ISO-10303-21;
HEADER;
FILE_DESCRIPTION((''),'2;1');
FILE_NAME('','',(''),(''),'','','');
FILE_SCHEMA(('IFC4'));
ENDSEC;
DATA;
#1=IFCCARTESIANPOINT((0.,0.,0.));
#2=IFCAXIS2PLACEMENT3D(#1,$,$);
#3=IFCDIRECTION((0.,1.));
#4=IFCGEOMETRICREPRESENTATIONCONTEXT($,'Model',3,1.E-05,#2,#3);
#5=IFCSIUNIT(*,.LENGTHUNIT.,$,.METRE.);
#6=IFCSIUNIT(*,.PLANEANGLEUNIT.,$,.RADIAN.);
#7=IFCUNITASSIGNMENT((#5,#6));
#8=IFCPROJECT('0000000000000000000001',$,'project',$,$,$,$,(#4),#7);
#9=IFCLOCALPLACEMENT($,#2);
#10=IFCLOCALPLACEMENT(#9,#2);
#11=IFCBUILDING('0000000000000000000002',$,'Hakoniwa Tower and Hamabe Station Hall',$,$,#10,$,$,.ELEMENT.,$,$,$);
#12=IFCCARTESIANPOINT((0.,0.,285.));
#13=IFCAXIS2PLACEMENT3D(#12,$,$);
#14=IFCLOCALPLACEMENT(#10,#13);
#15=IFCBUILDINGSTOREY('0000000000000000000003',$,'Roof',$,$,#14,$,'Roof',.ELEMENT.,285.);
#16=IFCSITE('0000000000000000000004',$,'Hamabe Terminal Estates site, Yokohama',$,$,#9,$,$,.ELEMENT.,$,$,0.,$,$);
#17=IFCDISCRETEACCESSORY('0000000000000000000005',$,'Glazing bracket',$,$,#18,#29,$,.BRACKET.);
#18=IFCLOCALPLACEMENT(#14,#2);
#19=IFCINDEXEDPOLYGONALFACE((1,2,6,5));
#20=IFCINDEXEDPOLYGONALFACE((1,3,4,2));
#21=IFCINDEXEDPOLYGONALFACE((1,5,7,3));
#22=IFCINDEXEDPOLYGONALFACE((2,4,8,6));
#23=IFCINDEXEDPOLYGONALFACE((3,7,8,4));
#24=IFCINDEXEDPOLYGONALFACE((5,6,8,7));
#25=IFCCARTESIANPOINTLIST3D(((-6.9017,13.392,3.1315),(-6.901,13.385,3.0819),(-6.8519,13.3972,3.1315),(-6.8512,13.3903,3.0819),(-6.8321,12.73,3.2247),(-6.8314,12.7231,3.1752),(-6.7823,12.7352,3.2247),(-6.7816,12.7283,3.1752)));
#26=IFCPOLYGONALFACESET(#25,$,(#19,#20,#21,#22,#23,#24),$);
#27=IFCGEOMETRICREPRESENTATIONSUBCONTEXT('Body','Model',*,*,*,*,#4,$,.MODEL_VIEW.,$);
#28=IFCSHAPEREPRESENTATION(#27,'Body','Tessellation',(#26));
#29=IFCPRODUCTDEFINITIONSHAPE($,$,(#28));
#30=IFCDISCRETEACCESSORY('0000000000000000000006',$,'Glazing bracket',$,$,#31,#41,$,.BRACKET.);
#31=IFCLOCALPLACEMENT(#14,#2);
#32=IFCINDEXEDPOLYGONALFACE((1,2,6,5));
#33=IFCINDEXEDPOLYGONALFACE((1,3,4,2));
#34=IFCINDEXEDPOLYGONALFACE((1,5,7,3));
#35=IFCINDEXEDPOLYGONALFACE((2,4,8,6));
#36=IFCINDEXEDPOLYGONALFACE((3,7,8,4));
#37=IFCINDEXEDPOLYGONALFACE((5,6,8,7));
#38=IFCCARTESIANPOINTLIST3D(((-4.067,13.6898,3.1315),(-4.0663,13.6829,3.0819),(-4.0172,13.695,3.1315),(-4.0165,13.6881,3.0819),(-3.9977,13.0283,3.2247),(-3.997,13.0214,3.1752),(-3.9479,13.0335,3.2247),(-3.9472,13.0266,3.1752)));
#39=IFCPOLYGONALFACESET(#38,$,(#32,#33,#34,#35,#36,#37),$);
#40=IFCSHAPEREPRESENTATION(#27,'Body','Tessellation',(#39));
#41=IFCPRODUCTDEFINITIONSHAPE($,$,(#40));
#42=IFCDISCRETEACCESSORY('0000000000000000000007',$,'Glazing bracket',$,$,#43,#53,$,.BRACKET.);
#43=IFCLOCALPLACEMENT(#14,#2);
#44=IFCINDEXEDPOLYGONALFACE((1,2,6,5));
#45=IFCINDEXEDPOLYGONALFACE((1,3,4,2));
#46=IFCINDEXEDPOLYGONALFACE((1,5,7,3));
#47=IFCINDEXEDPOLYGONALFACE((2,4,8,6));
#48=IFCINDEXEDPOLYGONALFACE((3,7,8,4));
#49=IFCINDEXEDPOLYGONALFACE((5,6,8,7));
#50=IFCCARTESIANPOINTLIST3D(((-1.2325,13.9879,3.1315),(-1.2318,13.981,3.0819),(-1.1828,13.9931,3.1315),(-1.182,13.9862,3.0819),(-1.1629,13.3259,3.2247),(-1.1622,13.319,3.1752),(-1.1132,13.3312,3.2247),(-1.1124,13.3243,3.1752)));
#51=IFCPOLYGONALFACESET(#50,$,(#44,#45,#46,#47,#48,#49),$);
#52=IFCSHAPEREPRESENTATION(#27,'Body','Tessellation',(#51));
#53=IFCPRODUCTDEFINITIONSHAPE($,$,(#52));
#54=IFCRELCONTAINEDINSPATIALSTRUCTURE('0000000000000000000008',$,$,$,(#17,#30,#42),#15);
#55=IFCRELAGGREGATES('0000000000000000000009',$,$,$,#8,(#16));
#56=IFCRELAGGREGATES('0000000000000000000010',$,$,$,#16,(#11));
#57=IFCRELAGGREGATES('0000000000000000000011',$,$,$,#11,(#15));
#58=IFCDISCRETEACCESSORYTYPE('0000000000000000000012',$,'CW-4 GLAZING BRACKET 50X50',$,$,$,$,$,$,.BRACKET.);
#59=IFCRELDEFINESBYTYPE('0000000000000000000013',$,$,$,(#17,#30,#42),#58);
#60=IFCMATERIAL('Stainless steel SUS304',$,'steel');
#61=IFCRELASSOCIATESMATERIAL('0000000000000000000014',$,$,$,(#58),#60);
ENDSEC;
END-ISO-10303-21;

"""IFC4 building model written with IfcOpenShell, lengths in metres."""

from ifc_helpers import new_model, si_unit, direction, frame, origin, origin_2d, place, context, subcontext, project, spatial, rectangle, extrude, material, material_profile, profile_set, type_object, element, save


model = new_model("IFC4")

# Units and contexts
model_context = context("Model", 3, precision=1e-05, world=origin(), true_north=direction((0.0, 1.0)))
body_context = subcontext(model_context, "Body", "Model", "MODEL_VIEW")
ifc_project = project(units=[si_unit("LENGTHUNIT", "METRE"), si_unit("PLANEANGLEUNIT", "RADIAN")], contexts=[model_context])

# Site, building, storey
site_placement = place(None, origin())
site = spatial("IfcSite", under=ifc_project, at=site_placement, Name="Hamabe Terminal Estates site, Yokohama", CompositionType="ELEMENT", RefElevation=0.0)
building_placement = place(site_placement, origin())
building = spatial("IfcBuilding", under=site, at=building_placement, Name="Hakoniwa Tower and Hamabe Station Hall", CompositionType="ELEMENT")
storey_placement = place(building_placement, frame((0.0, 0.0, 285.0)))
storey = spatial("IfcBuildingStorey", under=building, at=storey_placement, Name="Roof", LongName="Roof", CompositionType="ELEMENT", Elevation=285.0)

# Discrete accessories
ifc_material_1 = material(Name="Stainless steel SUS304", Category="steel")
ifc_material_profile_1 = material_profile(ifc_material_1, rectangle(XDim=0.05, YDim=0.05, at=origin_2d()), Name="CW-4 GLAZING BRACKET 50X50")
ifc_profile_set_1 = profile_set([ifc_material_profile_1], Name="Stainless steel SUS304")
discrete_accessory_type = type_object("IfcDiscreteAccessoryType", Name="CW-4 GLAZING BRACKET 50X50", PredefinedType="BRACKET", material=ifc_profile_set_1)
discrete_accessory_1_placement = place(storey_placement, frame((-6.8765, 13.3911, 3.1067), z_axis=(0.103539, -0.984896, 0.138779), x_axis=(0.99452, 0.104551, 0.0)))
element("IfcDiscreteAccessory", 1, at=discrete_accessory_1_placement, inside=storey, type_object=discrete_accessory_type, Name="Glazing bracket", PredefinedType="BRACKET", context=body_context, shape_type="SweptSolid", body=[
    extrude(rectangle(XDim=0.05, YDim=0.05, at=origin_2d()), origin(), (0.0, 0.0, 1.0), 0.6721),
])
discrete_accessory_2_placement = place(storey_placement, frame((-4.0417, 13.689, 3.1067), z_axis=(0.103217, -0.984922, 0.138834), x_axis=(0.994554, 0.104226, 0.0)))
element("IfcDiscreteAccessory", 2, at=discrete_accessory_2_placement, inside=storey, type_object=discrete_accessory_type, Name="Glazing bracket", PredefinedType="BRACKET", context=body_context, shape_type="SweptSolid", body=[
    extrude(rectangle(XDim=0.05, YDim=0.05, at=origin_2d()), origin(), (0.0, 0.0, 1.0), 0.6716),
])
discrete_accessory_3_placement = place(storey_placement, frame((-1.2073, 13.9871, 3.1067), z_axis=(0.103539, -0.984896, 0.138779), x_axis=(0.99452, 0.104551, 0.0)))
element("IfcDiscreteAccessory", 3, at=discrete_accessory_3_placement, inside=storey, type_object=discrete_accessory_type, Name="Glazing bracket", PredefinedType="BRACKET", context=body_context, shape_type="SweptSolid", body=[
    extrude(rectangle(XDim=0.05, YDim=0.05, at=origin_2d()), origin(), (0.0, 0.0, 1.0), 0.6721),
])

save(model, "model.ifc")
